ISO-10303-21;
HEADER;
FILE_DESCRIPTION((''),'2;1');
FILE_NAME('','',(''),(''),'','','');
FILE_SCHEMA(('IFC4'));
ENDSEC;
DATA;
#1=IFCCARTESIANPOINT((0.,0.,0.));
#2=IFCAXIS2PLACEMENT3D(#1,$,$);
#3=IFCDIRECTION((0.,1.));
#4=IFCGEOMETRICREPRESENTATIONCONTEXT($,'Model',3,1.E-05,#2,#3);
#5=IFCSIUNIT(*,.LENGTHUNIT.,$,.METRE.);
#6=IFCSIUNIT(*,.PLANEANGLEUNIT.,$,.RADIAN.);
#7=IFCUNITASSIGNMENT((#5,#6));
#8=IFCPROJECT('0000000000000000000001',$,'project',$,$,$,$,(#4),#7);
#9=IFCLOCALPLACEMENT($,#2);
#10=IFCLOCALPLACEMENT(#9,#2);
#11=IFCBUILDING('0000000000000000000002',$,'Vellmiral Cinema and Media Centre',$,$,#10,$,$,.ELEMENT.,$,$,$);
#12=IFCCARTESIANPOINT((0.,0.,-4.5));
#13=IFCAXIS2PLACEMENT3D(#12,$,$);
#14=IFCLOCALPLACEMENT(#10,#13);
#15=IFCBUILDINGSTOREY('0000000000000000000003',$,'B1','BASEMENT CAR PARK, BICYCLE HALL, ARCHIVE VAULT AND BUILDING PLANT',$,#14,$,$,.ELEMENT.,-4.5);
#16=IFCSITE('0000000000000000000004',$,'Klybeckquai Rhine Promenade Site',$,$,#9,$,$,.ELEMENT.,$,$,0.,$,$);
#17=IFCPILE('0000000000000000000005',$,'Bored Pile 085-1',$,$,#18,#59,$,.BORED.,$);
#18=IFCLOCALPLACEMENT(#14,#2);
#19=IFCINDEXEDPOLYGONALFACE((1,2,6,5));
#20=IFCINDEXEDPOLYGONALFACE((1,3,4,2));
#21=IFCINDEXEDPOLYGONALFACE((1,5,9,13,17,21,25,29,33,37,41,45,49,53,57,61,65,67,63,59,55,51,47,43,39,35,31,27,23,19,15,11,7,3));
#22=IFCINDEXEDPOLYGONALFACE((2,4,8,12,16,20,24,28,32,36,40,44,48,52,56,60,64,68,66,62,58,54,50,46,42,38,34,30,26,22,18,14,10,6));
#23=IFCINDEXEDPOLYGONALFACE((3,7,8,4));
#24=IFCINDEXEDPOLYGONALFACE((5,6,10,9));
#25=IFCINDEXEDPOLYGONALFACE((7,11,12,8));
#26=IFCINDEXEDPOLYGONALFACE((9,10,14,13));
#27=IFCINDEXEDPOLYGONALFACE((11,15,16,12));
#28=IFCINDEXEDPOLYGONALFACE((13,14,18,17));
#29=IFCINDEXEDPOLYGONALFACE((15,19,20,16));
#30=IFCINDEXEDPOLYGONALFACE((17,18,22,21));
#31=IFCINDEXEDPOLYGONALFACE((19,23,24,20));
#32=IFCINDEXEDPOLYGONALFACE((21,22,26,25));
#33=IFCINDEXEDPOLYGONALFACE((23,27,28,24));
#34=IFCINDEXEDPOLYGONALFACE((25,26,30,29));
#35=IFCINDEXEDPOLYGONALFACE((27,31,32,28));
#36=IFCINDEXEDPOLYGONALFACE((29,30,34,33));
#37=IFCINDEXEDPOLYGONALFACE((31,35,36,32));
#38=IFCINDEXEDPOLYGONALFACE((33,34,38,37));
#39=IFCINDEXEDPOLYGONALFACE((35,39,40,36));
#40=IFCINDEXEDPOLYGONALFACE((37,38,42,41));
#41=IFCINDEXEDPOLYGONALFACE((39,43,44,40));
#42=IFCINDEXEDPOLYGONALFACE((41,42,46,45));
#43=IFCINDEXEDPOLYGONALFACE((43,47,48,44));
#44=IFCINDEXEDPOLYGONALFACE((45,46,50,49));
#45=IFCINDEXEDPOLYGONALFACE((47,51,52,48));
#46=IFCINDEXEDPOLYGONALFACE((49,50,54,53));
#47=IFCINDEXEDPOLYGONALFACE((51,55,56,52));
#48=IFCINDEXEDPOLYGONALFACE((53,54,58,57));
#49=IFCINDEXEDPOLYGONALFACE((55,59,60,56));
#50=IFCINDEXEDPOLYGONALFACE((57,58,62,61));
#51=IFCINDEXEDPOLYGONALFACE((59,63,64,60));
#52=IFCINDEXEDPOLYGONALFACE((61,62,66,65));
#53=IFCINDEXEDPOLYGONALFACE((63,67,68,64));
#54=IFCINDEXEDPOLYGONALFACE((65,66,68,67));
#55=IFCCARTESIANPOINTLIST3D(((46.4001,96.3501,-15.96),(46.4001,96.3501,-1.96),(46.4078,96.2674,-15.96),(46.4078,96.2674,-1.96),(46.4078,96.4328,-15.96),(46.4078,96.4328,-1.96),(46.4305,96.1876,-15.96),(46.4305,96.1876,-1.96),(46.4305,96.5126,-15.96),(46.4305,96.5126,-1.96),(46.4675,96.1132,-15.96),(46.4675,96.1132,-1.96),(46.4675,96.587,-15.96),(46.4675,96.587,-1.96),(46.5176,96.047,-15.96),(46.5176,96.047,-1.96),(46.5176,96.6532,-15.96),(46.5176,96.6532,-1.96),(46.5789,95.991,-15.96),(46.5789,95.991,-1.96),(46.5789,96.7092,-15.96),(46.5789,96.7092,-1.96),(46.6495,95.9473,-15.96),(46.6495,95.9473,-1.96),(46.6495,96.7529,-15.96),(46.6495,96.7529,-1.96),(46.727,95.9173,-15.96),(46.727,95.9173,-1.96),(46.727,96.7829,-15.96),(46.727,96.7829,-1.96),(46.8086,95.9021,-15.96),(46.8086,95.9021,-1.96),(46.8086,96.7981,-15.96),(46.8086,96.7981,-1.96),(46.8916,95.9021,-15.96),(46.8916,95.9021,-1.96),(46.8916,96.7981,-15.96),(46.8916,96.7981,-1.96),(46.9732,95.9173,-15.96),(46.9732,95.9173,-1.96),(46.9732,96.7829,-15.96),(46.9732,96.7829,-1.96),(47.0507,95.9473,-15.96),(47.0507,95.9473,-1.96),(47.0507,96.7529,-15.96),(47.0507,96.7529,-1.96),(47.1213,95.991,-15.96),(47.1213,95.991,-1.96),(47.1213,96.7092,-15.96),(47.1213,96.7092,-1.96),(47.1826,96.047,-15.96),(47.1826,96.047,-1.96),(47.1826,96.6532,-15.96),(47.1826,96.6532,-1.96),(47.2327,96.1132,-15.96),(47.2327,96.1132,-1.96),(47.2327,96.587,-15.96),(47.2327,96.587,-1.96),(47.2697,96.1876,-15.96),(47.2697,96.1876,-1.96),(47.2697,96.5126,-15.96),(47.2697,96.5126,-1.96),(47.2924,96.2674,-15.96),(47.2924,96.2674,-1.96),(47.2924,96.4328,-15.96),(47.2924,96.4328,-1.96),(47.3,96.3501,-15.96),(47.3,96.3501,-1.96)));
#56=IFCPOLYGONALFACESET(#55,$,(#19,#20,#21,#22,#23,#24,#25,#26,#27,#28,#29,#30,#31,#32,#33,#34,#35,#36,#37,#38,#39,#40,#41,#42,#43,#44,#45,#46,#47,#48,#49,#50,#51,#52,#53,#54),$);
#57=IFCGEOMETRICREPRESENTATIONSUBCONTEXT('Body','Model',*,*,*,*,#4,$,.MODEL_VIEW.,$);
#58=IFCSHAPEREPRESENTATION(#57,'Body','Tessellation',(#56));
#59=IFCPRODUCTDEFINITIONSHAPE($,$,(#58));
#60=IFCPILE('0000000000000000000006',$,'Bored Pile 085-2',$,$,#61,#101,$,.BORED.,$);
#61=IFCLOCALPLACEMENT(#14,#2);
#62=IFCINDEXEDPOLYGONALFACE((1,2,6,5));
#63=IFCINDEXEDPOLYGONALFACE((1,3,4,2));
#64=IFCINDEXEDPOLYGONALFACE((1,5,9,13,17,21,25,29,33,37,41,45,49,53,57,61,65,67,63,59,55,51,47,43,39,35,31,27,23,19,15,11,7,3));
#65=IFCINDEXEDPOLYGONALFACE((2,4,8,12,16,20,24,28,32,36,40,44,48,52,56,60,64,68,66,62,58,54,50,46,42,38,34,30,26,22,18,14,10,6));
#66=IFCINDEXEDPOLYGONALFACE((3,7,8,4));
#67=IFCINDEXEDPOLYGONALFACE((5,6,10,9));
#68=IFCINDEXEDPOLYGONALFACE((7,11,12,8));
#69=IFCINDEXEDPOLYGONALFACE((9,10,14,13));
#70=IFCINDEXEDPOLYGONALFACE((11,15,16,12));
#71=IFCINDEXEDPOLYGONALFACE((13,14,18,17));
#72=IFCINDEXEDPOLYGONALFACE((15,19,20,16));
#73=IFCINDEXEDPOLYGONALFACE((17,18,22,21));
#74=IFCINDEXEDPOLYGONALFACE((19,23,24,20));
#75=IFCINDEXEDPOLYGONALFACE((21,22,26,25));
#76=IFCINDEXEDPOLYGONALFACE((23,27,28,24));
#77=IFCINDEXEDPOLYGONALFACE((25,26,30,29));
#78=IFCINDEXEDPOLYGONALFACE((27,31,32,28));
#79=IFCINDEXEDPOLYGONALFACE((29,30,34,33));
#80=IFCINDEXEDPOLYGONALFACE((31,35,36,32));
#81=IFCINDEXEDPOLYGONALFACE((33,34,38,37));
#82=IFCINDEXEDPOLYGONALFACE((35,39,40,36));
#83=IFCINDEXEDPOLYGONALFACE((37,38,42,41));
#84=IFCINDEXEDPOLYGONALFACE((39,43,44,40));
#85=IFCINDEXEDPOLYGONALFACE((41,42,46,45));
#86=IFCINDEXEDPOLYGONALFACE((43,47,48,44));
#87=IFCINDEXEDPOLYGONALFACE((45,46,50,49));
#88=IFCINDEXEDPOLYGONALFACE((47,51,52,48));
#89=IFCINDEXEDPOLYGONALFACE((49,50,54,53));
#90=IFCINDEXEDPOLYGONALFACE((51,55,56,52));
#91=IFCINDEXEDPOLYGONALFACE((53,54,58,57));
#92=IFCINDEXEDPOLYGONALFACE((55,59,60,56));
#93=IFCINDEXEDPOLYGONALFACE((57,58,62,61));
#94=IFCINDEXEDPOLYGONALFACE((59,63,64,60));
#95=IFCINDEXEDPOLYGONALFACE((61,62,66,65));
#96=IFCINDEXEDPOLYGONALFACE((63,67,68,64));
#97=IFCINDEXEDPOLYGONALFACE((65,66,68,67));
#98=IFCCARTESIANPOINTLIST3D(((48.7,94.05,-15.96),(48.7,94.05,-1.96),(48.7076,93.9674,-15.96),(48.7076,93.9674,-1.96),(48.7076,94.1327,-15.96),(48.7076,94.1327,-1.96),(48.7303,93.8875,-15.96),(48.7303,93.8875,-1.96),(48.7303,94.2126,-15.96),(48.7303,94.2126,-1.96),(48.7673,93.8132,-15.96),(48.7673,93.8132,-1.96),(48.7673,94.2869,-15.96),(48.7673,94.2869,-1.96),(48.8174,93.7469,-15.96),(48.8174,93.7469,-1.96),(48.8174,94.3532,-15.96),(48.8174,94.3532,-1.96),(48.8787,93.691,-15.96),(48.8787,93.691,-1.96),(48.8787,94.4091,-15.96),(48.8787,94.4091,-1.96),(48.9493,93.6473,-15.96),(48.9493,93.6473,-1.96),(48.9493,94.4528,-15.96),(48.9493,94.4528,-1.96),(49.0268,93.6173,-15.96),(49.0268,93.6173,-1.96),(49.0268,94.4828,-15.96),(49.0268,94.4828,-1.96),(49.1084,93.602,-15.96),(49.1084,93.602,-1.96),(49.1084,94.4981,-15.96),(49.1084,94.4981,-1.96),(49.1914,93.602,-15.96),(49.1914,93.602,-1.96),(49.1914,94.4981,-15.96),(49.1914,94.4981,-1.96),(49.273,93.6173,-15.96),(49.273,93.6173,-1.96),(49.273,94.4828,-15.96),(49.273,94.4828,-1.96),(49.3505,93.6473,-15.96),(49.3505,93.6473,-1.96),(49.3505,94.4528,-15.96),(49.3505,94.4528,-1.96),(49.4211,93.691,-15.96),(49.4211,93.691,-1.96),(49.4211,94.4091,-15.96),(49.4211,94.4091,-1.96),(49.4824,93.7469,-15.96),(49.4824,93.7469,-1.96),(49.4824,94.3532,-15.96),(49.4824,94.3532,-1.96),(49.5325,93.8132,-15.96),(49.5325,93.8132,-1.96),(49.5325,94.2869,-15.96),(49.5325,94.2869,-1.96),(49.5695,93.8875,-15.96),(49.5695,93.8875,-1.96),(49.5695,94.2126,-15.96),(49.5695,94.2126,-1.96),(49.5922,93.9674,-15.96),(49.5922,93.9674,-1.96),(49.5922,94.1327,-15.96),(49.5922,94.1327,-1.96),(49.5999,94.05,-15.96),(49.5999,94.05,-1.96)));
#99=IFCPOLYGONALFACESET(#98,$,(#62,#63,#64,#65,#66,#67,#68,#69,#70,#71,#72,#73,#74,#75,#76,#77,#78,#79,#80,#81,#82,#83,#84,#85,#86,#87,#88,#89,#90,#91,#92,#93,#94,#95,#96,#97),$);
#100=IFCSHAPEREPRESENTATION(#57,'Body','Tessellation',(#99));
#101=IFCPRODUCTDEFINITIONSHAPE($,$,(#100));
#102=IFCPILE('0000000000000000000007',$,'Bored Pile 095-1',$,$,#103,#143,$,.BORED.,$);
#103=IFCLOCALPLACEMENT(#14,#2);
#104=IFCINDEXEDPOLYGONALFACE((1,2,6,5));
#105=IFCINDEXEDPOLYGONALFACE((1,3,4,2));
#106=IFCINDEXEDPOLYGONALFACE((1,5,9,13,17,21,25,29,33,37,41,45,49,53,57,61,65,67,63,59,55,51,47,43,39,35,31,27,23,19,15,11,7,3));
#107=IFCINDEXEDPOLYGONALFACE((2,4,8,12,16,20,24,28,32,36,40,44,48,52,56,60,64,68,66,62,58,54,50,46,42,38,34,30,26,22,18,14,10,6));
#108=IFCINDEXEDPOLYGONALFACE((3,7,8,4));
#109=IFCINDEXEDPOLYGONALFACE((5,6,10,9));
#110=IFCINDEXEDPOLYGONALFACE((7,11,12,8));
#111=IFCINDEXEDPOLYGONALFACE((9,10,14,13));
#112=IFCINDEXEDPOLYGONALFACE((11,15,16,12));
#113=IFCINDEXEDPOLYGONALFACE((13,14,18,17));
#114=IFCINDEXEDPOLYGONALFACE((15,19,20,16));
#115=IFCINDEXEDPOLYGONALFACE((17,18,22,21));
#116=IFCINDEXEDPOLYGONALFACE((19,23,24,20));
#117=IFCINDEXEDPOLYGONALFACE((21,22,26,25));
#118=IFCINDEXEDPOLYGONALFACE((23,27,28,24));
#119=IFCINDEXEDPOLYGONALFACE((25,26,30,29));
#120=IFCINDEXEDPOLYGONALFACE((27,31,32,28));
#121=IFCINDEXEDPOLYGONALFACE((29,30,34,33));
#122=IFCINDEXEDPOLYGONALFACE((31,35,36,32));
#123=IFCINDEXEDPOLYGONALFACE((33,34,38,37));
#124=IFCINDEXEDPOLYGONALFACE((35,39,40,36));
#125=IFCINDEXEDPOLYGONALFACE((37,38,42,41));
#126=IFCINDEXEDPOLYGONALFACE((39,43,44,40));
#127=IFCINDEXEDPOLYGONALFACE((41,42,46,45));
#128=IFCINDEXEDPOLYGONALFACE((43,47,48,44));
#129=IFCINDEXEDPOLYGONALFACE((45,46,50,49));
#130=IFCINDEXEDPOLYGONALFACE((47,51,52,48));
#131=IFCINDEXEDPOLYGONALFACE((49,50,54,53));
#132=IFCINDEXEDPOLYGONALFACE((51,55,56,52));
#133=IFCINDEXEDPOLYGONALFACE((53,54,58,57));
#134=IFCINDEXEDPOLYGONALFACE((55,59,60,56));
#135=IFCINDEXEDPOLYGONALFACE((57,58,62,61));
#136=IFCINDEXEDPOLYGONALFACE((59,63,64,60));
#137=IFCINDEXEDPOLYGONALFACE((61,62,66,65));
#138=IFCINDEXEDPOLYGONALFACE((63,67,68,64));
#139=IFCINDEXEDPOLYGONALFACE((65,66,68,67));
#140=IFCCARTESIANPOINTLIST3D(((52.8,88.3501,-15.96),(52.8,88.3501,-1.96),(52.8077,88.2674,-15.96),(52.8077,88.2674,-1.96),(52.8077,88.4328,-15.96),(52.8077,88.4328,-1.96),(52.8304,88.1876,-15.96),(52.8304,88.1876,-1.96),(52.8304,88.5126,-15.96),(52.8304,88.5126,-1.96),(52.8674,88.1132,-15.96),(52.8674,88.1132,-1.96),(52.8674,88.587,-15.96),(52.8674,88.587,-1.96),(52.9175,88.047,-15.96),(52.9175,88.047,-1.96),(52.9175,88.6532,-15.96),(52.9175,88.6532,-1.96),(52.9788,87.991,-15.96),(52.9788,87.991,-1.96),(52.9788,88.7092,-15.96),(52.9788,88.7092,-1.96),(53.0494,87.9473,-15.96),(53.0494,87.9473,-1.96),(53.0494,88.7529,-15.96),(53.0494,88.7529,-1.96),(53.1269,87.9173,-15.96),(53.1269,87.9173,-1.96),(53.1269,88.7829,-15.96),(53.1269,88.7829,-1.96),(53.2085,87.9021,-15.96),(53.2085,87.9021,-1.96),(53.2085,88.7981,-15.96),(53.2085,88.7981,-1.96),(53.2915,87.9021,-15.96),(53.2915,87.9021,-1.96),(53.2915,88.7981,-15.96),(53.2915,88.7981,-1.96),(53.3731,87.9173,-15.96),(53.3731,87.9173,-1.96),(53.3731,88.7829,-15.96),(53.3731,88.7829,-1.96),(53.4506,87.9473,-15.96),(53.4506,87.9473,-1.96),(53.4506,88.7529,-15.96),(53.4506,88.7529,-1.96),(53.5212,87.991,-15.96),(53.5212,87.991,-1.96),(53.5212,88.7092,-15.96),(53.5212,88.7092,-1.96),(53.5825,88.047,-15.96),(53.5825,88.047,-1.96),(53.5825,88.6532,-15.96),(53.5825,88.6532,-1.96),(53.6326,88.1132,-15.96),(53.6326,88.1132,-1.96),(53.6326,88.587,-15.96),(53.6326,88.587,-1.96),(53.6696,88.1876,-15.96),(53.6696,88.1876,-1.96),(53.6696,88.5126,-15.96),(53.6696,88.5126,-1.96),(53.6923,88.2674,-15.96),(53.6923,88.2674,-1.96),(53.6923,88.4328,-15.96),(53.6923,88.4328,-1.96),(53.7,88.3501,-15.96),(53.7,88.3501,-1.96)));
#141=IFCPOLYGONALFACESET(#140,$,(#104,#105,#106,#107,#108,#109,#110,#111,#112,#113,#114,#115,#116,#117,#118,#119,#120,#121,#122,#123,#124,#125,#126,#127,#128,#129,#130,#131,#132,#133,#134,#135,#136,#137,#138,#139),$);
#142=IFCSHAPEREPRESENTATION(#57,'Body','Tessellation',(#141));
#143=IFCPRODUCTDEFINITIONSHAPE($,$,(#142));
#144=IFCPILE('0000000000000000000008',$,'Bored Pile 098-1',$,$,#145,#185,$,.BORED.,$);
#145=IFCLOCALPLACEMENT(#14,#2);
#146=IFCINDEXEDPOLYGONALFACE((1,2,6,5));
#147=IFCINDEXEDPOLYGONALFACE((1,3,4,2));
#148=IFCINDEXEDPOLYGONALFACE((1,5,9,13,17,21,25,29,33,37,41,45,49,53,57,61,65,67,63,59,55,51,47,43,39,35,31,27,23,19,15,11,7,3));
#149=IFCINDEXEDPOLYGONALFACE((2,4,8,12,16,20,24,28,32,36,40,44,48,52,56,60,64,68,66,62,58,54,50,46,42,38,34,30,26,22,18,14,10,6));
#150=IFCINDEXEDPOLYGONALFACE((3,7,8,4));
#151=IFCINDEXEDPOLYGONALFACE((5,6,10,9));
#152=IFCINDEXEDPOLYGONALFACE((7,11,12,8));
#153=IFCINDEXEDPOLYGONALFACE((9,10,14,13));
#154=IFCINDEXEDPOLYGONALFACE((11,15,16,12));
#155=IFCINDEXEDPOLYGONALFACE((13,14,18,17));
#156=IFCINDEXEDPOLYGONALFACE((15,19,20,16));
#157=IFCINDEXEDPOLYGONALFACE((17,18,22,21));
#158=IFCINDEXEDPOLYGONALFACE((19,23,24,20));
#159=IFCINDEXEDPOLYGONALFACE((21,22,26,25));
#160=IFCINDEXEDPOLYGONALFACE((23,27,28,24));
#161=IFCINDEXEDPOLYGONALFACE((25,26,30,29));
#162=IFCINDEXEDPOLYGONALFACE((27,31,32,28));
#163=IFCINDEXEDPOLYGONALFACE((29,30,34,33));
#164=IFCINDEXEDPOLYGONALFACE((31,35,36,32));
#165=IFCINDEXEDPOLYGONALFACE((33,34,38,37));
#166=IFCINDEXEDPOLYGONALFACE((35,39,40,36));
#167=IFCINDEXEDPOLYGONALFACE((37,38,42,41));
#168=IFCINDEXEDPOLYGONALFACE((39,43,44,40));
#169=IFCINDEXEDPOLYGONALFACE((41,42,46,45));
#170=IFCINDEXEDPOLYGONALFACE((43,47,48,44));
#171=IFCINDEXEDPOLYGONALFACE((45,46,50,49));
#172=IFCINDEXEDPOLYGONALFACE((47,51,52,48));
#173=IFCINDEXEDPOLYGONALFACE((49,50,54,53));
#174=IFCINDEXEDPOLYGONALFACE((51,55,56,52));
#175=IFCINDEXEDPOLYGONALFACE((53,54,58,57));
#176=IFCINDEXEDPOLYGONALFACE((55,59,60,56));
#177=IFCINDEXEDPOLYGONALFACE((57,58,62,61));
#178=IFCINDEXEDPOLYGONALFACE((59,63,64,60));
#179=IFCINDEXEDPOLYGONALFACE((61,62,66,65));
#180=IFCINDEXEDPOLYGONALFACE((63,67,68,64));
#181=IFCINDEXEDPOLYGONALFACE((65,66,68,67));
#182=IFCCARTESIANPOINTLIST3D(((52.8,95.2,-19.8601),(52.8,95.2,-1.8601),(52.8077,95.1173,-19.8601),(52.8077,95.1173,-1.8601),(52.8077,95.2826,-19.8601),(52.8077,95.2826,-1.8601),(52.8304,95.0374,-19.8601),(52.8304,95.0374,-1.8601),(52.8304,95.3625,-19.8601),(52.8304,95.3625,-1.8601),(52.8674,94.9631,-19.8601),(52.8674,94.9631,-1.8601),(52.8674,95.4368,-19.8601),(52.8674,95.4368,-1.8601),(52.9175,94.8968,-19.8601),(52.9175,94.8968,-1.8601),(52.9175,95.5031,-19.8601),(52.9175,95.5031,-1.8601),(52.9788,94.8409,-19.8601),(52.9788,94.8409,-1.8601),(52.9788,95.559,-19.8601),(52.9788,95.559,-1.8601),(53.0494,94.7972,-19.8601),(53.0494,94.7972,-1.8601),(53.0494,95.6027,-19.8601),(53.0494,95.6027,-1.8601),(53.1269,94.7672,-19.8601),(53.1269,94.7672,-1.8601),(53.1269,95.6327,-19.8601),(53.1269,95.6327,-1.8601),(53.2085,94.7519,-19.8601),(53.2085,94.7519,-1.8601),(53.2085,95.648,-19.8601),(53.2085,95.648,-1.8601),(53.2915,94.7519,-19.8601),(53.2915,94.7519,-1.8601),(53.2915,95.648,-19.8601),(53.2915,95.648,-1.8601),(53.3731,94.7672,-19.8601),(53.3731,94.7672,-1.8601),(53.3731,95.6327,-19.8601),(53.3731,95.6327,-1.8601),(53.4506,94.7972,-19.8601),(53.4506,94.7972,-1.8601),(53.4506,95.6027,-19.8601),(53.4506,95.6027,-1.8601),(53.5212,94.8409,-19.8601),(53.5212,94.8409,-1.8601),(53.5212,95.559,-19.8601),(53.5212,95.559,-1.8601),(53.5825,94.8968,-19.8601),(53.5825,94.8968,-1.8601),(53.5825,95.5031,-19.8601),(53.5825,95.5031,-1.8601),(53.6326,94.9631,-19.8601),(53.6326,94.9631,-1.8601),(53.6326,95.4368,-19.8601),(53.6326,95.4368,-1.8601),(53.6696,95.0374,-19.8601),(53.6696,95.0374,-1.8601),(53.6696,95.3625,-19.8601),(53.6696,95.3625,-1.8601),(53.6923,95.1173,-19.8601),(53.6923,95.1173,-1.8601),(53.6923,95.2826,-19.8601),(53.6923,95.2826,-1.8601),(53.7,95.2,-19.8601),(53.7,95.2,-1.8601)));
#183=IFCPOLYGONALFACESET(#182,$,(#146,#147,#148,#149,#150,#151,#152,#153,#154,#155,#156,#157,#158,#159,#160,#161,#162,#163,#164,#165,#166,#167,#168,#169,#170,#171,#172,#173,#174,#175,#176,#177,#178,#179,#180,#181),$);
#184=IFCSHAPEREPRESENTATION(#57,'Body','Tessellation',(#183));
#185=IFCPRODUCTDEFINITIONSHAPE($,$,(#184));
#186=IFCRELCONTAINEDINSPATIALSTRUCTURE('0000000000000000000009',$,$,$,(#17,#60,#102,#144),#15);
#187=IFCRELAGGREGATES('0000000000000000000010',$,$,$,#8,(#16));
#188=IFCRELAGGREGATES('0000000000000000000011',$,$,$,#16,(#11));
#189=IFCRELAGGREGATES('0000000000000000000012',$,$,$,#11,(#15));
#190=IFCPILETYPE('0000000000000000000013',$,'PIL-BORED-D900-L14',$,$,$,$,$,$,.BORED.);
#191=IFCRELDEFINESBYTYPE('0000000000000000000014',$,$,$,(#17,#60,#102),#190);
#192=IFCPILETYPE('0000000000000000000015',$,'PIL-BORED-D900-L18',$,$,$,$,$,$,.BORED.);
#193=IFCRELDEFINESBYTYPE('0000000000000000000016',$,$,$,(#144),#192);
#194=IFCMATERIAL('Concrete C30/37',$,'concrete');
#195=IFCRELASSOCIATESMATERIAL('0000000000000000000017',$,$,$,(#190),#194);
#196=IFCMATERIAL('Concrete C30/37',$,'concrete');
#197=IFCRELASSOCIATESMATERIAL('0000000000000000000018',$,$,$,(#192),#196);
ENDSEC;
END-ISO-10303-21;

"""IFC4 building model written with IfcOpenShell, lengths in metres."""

from ifc_helpers import new_model, si_unit, direction, frame, origin, origin_2d, place, context, subcontext, project, spatial, circle, extrude, material, material_profile, profile_set, type_object, element, save


model = new_model("IFC4")

# Units and contexts
model_context = context("Model", 3, precision=1e-05, world=origin(), true_north=direction((0.0, 1.0)))
body_context = subcontext(model_context, "Body", "Model", "MODEL_VIEW")
ifc_project = project(units=[si_unit("LENGTHUNIT", "METRE"), si_unit("PLANEANGLEUNIT", "RADIAN")], contexts=[model_context])

# Site, building, storey
site_placement = place(None, origin())
site = spatial("IfcSite", under=ifc_project, at=site_placement, Name="Klybeckquai Rhine Promenade Site", CompositionType="ELEMENT", RefElevation=0.0)
building_placement = place(site_placement, origin())
building = spatial("IfcBuilding", under=site, at=building_placement, Name="Vellmiral Cinema and Media Centre", CompositionType="ELEMENT")
storey_placement = place(building_placement, frame((0.0, 0.0, -4.5)))
storey = spatial("IfcBuildingStorey", under=building, at=storey_placement, Name="B1", Description="BASEMENT CAR PARK, BICYCLE HALL, ARCHIVE VAULT AND BUILDING PLANT", CompositionType="ELEMENT", Elevation=-4.5)

# Piles
ifc_material_1 = material(Name="Concrete C30/37", Category="concrete")
ifc_material_profile_1 = material_profile(ifc_material_1, circle(Radius=0.45, at=origin_2d()), Name="PILE D900")
ifc_profile_set_1 = profile_set([ifc_material_profile_1], Name="Concrete C30/37")
pile_type_1 = type_object("IfcPileType", Name="PIL-BORED-D900-L14", PredefinedType="BORED", material=ifc_profile_set_1)
for number, where, z_axis, x_axis, name in (
    (1, (46.8501, 96.3501, -1.96), (0.0, 0.0, -1.0), (1.0, 0.0, 0.0), "Bored Pile 085-1"),
    (2, (49.1499, 94.05, -1.96), (0.0, 0.0, -1.0), (1.0, 0.0, 0.0), "Bored Pile 085-2"),
    (3, (53.25, 88.3501, -1.96), (0.0, 0.0, -1.0), (1.0, 0.0, 0.0), "Bored Pile 095-1"),
):
    element("IfcPile", number, at=place(storey_placement, frame(where, z_axis=z_axis, x_axis=x_axis)), inside=storey, type_object=pile_type_1, Name=name, PredefinedType="BORED", context=body_context, shape_type="SweptSolid", body=[
        extrude(circle(Radius=0.45, at=origin_2d()), origin(), (0.0, 0.0, 1.0), 14.0),
    ])
ifc_material_2 = material(Name="Concrete C30/37", Category="concrete")
ifc_material_profile_2 = material_profile(ifc_material_2, circle(Radius=0.45, at=origin_2d()), Name="PILE D900")
ifc_profile_set_2 = profile_set([ifc_material_profile_2], Name="Concrete C30/37")
pile_type_2 = type_object("IfcPileType", Name="PIL-BORED-D900-L18", PredefinedType="BORED", material=ifc_profile_set_2)
for number, where, z_axis, x_axis, name in (
    (4, (53.25, 95.2, -1.8601), (0.0, 0.0, -1.0), (1.0, 0.0, 0.0), "Bored Pile 098-1"),
):
    element("IfcPile", number, at=place(storey_placement, frame(where, z_axis=z_axis, x_axis=x_axis)), inside=storey, type_object=pile_type_2, Name=name, PredefinedType="BORED", context=body_context, shape_type="SweptSolid", body=[
        extrude(circle(Radius=0.45, at=origin_2d()), origin(), (0.0, 0.0, 1.0), 18.0),
    ])

save(model, "model.ifc")
